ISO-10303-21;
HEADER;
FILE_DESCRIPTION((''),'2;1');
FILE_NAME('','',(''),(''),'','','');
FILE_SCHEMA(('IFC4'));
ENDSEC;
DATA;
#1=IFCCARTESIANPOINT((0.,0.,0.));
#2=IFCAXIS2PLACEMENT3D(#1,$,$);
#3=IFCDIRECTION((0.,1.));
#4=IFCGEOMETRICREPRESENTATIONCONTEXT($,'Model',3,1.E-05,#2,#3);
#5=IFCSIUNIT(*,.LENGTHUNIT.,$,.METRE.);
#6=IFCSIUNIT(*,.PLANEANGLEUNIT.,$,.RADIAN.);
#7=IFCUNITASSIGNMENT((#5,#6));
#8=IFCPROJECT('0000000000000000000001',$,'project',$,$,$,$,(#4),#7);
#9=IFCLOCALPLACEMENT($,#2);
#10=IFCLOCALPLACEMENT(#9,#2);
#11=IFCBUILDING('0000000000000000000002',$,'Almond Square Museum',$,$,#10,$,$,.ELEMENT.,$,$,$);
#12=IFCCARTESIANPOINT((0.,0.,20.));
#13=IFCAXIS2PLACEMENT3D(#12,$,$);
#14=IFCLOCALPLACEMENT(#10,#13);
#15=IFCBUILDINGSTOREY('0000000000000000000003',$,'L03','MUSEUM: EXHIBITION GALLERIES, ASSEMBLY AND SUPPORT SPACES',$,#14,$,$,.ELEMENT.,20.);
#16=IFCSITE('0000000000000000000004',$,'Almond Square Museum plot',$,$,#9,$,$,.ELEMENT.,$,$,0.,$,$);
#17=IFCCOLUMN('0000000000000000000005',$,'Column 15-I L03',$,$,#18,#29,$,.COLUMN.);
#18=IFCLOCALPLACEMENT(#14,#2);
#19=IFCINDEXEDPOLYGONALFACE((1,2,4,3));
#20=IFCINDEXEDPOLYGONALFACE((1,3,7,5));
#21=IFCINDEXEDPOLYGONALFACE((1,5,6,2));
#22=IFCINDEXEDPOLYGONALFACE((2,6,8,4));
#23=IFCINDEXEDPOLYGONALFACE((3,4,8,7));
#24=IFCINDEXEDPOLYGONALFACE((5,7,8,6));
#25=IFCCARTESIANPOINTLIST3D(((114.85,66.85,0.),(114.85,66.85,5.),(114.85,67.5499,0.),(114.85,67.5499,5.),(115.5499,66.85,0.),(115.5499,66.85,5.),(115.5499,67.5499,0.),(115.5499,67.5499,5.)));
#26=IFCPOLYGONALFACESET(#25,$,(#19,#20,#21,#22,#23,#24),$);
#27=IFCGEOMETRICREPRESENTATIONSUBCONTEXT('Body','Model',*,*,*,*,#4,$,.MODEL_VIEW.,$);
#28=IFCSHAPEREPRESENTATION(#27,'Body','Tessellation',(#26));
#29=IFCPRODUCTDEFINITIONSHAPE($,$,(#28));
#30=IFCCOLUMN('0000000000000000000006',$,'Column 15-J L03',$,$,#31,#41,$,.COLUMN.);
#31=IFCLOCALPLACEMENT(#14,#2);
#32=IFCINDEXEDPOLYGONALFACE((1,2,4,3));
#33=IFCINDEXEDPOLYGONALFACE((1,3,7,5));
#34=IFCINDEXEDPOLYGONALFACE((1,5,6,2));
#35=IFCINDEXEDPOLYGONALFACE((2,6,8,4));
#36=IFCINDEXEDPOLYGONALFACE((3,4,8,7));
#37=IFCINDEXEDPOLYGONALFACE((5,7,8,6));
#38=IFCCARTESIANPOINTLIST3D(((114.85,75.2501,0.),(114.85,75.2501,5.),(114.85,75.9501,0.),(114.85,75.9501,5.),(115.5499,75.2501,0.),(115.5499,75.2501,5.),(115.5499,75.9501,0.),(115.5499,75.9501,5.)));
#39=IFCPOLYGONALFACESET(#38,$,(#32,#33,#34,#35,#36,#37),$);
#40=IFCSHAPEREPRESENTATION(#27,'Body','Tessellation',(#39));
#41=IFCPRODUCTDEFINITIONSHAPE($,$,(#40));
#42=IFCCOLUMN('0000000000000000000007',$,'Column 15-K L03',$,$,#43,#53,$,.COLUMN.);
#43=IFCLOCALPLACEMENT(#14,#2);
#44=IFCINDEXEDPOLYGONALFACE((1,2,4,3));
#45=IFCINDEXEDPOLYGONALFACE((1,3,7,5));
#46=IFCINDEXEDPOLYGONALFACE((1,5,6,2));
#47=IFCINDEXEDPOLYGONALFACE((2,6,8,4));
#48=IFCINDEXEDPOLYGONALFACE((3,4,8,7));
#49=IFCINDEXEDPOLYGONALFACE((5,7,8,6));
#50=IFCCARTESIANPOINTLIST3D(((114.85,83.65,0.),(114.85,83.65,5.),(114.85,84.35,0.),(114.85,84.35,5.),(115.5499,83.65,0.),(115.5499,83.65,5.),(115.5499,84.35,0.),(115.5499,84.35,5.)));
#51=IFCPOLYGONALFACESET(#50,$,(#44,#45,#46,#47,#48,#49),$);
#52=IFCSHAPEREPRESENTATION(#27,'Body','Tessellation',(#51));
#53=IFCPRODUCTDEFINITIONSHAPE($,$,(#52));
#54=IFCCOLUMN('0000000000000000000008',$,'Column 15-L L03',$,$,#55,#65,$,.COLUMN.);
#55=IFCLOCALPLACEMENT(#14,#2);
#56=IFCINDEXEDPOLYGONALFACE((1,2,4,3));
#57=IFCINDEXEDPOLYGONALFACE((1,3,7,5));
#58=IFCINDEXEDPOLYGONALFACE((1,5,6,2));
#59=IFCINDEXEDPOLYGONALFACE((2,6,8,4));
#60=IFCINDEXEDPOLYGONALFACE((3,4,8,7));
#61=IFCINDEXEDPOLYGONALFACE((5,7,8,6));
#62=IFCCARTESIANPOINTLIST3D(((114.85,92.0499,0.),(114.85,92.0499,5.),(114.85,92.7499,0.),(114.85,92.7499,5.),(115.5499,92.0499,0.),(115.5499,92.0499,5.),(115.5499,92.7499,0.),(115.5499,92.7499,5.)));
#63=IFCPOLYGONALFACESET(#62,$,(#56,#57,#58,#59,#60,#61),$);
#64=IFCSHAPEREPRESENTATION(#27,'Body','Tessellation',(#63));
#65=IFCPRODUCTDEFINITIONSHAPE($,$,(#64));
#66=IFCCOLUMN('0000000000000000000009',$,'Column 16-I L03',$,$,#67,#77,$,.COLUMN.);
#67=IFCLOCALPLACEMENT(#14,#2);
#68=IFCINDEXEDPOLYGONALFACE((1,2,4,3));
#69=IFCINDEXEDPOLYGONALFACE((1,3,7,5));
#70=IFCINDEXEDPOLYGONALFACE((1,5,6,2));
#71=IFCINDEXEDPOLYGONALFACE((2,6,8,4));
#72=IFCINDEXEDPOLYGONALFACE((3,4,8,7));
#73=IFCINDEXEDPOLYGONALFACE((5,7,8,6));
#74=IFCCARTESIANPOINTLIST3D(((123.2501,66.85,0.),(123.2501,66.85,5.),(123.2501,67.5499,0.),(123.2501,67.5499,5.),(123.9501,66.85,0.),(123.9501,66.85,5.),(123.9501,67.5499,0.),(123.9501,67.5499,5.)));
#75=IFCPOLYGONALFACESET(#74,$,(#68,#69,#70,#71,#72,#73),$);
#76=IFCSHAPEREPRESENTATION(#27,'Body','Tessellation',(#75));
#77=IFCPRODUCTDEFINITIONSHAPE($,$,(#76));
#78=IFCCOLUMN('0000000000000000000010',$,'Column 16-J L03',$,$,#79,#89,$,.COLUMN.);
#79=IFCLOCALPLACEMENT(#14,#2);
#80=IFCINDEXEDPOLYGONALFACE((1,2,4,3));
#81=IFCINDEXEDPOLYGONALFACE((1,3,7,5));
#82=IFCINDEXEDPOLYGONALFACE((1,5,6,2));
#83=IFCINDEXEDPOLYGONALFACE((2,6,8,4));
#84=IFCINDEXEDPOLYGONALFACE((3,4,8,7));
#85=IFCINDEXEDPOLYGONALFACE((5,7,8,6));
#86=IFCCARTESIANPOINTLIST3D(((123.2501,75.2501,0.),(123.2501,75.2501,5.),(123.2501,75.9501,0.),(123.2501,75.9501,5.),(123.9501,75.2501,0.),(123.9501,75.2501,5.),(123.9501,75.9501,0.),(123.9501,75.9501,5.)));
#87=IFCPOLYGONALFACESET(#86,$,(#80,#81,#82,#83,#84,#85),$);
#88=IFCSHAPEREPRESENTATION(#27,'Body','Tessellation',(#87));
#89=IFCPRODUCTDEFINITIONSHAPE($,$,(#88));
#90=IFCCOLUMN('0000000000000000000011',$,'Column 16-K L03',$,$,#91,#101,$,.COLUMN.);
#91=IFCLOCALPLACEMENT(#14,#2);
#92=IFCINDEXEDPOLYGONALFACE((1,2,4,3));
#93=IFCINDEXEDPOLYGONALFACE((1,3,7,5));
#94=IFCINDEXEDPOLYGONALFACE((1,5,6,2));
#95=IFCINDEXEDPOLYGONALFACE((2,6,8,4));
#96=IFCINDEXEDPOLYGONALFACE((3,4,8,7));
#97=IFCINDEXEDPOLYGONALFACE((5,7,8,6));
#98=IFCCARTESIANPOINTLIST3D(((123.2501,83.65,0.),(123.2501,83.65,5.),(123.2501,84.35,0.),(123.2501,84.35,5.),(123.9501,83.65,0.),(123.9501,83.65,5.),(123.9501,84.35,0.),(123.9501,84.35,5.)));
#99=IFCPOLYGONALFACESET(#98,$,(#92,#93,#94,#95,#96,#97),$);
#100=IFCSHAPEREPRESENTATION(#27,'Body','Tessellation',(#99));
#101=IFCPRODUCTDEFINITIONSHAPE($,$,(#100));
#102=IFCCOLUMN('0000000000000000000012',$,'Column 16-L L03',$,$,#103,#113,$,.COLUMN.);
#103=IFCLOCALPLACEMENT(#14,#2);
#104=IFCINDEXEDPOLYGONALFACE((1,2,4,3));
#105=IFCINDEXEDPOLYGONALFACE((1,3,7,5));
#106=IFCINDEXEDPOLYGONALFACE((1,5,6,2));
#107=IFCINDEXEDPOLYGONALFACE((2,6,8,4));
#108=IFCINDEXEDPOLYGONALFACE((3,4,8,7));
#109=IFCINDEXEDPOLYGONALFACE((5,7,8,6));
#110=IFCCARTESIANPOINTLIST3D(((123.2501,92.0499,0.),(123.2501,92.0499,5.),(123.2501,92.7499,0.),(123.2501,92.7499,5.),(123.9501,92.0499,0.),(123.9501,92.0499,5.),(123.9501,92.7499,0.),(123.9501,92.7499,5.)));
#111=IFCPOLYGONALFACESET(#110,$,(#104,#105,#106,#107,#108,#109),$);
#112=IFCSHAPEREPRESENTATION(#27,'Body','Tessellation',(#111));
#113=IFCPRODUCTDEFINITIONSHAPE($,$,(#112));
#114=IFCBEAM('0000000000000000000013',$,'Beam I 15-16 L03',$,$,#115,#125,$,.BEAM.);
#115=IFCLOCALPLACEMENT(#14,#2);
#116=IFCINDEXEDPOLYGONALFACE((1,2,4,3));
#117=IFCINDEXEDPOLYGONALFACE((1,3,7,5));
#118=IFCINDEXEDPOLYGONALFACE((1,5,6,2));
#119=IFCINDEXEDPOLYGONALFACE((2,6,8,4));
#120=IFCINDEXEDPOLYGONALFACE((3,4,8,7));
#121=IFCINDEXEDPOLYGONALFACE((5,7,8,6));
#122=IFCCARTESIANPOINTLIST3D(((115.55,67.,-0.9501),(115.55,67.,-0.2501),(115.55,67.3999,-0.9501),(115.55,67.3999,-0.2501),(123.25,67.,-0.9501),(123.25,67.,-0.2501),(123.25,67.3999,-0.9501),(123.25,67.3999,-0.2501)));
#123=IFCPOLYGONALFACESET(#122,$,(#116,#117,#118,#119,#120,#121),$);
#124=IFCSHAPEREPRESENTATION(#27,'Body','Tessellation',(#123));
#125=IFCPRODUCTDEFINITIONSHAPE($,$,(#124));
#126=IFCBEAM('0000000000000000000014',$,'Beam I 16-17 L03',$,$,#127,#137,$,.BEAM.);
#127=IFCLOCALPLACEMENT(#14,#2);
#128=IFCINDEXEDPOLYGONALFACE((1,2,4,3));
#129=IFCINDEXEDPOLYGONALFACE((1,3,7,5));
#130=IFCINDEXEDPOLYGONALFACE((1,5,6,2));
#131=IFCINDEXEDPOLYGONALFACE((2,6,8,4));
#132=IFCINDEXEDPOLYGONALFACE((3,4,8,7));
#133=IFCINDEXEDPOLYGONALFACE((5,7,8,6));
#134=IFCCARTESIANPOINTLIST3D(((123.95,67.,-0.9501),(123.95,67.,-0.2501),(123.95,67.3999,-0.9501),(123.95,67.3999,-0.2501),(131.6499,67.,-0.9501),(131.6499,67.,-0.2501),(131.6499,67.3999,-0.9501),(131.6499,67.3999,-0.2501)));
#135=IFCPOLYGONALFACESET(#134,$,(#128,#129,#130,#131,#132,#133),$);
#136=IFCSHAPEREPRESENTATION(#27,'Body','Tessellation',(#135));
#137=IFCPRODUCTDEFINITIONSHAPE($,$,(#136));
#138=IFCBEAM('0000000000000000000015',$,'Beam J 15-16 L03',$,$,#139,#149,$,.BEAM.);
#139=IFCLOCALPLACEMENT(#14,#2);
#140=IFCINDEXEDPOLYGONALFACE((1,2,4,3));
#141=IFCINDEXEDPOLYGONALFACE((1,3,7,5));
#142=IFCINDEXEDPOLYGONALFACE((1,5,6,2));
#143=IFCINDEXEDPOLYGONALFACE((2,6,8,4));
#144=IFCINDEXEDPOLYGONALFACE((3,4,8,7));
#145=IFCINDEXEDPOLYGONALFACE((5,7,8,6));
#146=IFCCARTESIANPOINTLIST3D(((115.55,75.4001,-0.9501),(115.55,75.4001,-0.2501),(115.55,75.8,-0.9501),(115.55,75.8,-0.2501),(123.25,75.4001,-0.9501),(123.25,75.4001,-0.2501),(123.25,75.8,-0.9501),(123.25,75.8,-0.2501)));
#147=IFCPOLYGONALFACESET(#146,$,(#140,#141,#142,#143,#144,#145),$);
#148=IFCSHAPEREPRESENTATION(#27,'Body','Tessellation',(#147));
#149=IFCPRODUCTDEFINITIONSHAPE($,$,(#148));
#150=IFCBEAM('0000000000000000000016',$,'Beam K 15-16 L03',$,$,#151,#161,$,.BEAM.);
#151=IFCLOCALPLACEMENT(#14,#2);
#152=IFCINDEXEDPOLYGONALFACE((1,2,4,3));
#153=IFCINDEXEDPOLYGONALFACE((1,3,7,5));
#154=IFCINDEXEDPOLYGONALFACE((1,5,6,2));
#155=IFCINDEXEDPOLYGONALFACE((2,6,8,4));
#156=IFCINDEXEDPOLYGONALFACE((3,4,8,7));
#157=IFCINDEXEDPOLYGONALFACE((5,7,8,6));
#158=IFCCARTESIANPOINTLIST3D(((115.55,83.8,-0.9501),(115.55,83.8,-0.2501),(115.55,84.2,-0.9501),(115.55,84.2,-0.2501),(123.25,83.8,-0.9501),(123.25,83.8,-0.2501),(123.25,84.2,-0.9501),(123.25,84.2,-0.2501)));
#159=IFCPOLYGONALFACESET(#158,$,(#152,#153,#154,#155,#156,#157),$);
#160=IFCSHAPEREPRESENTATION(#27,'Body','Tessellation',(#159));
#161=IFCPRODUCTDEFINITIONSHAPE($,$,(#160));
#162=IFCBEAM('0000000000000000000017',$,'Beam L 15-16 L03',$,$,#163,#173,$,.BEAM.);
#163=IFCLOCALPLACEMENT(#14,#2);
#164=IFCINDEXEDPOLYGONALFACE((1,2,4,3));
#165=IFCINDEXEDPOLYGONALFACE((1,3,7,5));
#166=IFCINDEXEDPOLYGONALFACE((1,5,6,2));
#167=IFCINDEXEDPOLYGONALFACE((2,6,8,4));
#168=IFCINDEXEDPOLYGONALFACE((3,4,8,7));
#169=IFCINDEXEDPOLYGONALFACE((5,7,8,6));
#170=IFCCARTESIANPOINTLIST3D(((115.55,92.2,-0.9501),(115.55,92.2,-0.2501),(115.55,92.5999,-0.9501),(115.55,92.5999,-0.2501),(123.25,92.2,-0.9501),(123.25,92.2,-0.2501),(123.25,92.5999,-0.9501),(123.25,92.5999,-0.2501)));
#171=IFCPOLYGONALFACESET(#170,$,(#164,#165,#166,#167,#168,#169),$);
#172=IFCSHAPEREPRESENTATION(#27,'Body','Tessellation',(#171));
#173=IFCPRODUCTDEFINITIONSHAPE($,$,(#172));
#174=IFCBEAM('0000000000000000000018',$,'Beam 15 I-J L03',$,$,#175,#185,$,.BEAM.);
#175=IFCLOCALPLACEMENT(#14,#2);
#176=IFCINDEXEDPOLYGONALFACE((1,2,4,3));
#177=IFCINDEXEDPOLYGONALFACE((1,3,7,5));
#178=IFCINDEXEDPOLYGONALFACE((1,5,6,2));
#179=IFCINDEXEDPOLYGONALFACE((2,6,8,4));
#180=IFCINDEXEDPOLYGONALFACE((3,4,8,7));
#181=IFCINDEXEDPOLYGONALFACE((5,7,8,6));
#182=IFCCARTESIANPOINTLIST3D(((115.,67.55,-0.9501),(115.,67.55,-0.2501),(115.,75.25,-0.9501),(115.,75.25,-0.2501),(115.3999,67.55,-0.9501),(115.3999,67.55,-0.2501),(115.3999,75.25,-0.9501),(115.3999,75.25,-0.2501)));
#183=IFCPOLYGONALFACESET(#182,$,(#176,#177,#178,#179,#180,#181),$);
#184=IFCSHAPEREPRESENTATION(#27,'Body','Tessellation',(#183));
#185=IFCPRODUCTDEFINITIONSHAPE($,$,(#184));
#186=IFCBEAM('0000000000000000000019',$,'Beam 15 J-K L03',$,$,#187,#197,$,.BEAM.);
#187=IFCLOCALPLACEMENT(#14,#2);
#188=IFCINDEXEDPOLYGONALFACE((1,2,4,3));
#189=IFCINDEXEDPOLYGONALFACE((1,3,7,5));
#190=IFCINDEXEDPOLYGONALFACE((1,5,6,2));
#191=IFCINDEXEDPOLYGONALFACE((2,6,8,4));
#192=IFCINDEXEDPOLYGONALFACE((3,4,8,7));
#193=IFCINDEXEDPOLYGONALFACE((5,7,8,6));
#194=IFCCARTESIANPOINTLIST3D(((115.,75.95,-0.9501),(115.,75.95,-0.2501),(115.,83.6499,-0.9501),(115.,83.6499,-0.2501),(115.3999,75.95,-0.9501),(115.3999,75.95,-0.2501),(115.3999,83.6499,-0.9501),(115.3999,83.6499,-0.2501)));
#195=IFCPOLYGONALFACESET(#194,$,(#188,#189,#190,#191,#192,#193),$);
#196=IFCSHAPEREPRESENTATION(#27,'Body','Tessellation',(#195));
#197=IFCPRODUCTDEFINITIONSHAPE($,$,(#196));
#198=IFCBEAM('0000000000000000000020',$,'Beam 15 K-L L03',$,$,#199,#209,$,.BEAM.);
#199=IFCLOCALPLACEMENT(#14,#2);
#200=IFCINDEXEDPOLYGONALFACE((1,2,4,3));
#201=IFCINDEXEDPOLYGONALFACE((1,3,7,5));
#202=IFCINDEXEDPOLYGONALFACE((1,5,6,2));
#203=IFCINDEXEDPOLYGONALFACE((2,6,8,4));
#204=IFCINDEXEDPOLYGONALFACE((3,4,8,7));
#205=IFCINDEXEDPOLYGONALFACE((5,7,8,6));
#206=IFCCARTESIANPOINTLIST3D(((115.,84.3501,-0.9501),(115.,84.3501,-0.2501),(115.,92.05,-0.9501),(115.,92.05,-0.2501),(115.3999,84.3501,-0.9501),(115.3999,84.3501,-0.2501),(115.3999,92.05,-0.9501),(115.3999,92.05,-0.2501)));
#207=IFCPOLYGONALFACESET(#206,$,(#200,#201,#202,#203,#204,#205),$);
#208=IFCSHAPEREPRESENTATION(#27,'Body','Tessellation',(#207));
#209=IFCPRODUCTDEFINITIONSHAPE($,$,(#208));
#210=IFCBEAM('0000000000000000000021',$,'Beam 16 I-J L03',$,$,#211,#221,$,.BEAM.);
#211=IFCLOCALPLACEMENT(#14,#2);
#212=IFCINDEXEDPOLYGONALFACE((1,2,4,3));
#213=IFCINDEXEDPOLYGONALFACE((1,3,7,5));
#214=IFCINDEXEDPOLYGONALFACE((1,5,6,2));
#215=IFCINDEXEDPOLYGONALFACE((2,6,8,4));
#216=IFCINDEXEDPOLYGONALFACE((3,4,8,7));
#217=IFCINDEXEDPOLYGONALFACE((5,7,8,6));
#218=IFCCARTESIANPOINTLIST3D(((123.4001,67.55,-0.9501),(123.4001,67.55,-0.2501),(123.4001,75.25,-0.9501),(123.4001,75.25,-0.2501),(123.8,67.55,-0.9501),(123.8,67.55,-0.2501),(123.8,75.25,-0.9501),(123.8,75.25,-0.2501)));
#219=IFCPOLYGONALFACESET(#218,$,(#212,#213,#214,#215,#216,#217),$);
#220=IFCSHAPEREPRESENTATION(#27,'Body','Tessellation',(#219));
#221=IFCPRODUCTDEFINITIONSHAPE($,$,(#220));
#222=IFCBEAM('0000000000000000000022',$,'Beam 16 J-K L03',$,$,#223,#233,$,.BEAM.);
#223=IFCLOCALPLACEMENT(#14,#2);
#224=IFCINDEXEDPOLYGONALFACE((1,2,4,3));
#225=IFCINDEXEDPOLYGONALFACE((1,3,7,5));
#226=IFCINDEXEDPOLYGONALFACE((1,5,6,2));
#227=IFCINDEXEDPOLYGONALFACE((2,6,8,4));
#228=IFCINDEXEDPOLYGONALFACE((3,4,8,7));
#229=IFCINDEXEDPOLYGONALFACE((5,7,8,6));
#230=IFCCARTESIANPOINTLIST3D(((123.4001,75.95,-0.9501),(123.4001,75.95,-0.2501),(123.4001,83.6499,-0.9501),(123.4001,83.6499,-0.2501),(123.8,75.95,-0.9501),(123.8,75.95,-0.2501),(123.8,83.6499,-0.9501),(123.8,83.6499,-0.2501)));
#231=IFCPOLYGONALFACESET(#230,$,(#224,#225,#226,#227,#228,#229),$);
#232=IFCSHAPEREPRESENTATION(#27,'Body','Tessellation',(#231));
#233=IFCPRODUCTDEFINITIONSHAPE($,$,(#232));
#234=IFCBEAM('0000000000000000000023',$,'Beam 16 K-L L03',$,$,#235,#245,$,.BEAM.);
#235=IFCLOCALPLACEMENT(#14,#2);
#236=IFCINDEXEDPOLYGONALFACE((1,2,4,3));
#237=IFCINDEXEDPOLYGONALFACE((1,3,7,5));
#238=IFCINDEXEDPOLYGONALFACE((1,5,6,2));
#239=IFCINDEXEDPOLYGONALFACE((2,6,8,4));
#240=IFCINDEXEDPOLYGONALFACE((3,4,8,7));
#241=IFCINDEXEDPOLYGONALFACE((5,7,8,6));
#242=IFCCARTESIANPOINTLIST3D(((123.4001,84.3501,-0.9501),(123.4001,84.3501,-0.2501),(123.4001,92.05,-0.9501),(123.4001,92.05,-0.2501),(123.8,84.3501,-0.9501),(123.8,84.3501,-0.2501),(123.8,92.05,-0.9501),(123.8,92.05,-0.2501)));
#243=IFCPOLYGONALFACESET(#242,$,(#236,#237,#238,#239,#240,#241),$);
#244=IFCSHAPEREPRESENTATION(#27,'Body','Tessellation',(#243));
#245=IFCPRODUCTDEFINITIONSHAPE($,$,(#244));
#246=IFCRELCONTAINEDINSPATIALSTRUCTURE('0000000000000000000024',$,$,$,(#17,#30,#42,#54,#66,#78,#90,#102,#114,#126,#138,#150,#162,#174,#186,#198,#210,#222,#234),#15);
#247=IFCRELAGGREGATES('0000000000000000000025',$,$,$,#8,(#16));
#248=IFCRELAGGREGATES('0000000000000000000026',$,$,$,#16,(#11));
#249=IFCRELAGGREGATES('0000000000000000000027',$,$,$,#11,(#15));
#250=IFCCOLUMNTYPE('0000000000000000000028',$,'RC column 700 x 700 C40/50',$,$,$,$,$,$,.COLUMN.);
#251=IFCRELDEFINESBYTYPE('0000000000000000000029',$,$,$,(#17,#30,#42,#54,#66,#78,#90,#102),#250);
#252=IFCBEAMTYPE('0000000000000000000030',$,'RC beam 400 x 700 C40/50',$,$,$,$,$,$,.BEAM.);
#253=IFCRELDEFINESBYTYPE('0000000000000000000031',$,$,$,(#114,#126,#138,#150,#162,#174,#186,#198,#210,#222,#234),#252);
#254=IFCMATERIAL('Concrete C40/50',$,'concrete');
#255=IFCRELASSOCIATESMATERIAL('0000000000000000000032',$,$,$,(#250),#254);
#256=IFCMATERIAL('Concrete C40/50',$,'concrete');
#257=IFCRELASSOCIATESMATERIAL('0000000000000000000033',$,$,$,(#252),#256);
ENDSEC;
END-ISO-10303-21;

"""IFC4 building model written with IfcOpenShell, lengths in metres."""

from ifc_helpers import new_model, si_unit, direction, frame, origin, origin_2d, place, context, subcontext, project, spatial, rectangle, extrude, material, material_profile, profile_set, type_object, element, save


model = new_model("IFC4")

# Units and contexts
model_context = context("Model", 3, precision=1e-05, world=origin(), true_north=direction((0.0, 1.0)))
body_context = subcontext(model_context, "Body", "Model", "MODEL_VIEW")
ifc_project = project(units=[si_unit("LENGTHUNIT", "METRE"), si_unit("PLANEANGLEUNIT", "RADIAN")], contexts=[model_context])

# Site, building, storey
site_placement = place(None, origin())
site = spatial("IfcSite", under=ifc_project, at=site_placement, Name="Almond Square Museum plot", CompositionType="ELEMENT", RefElevation=0.0)
building_placement = place(site_placement, origin())
building = spatial("IfcBuilding", under=site, at=building_placement, Name="Almond Square Museum", CompositionType="ELEMENT")
storey_placement = place(building_placement, frame((0.0, 0.0, 20.0)))
storey = spatial("IfcBuildingStorey", under=building, at=storey_placement, Name="L03", Description="MUSEUM: EXHIBITION GALLERIES, ASSEMBLY AND SUPPORT SPACES", CompositionType="ELEMENT", Elevation=20.0)

# Columns
ifc_material_1 = material(Name="Concrete C40/50", Category="concrete")
ifc_material_profile_1 = material_profile(ifc_material_1, rectangle(XDim=0.7, YDim=0.7, at=origin_2d()))
ifc_profile_set_1 = profile_set([ifc_material_profile_1], Name="Concrete C40/50")
column_type = type_object("IfcColumnType", Name="RC column 700 x 700 C40/50", PredefinedType="COLUMN", material=ifc_profile_set_1)
for number, where, z_axis, x_axis, name in (
    (1, (115.2, 67.2, 0.0), (0.0, 0.0, 1.0), (1.0, 0.0, 0.0), "Column 15-I L03"),
    (2, (115.2, 75.6001, 0.0), (0.0, 0.0, 1.0), (1.0, 0.0, 0.0), "Column 15-J L03"),
    (3, (115.2, 84.0, 0.0), (0.0, 0.0, 1.0), (1.0, 0.0, 0.0), "Column 15-K L03"),
    (4, (115.2, 92.3999, 0.0), (0.0, 0.0, 1.0), (1.0, 0.0, 0.0), "Column 15-L L03"),
    (5, (123.6001, 67.2, 0.0), (0.0, 0.0, 1.0), (1.0, 0.0, 0.0), "Column 16-I L03"),
    (6, (123.6001, 75.6001, 0.0), (0.0, 0.0, 1.0), (1.0, 0.0, 0.0), "Column 16-J L03"),
    (7, (123.6001, 84.0, 0.0), (0.0, 0.0, 1.0), (1.0, 0.0, 0.0), "Column 16-K L03"),
    (8, (123.6001, 92.3999, 0.0), (0.0, 0.0, 1.0), (1.0, 0.0, 0.0), "Column 16-L L03"),
):
    element("IfcColumn", number, at=place(storey_placement, frame(where, z_axis=z_axis, x_axis=x_axis)), inside=storey, type_object=column_type, Name=name, PredefinedType="COLUMN", context=body_context, shape_type="SweptSolid", body=[
        extrude(rectangle(XDim=0.7, YDim=0.7, at=origin_2d()), origin(), (0.0, 0.0, 1.0), 5.0),
    ])

# Beams
ifc_material_2 = material(Name="Concrete C40/50", Category="concrete")
ifc_material_profile_2 = material_profile(ifc_material_2, rectangle(XDim=0.3999, YDim=0.7, at=origin_2d()))
ifc_profile_set_2 = profile_set([ifc_material_profile_2], Name="Concrete C40/50")
beam_type = type_object("IfcBeamType", Name="RC beam 400 x 700 C40/50", PredefinedType="BEAM", material=ifc_profile_set_2)
for number, where, z_axis, x_axis, name in (
    (9, (115.55, 67.2, -0.6001), (1.0, 0.0, 0.0), (0.0, 1.0, 0.0), "Beam I 15-16 L03"),
    (10, (123.95, 67.2, -0.6001), (1.0, 0.0, 0.0), (0.0, 1.0, 0.0), "Beam I 16-17 L03"),
    (11, (115.55, 75.6001, -0.6001), (1.0, 0.0, 0.0), (0.0, 1.0, 0.0), "Beam J 15-16 L03"),
    (12, (115.55, 84.0, -0.6001), (1.0, 0.0, 0.0), (0.0, 1.0, 0.0), "Beam K 15-16 L03"),
    (13, (115.55, 92.3999, -0.6001), (1.0, 0.0, 0.0), (0.0, 1.0, 0.0), "Beam L 15-16 L03"),
    (14, (115.2, 67.55, -0.6001), (0.0, 1.0, 0.0), (-1.0, 0.0, 0.0), "Beam 15 I-J L03"),
    (15, (115.2, 75.95, -0.6001), (0.0, 1.0, 0.0), (-1.0, 0.0, 0.0), "Beam 15 J-K L03"),
    (16, (115.2, 84.3501, -0.6001), (0.0, 1.0, 0.0), (-1.0, 0.0, 0.0), "Beam 15 K-L L03"),
    (17, (123.6001, 67.55, -0.6001), (0.0, 1.0, 0.0), (-1.0, 0.0, 0.0), "Beam 16 I-J L03"),
    (18, (123.6001, 75.95, -0.6001), (0.0, 1.0, 0.0), (-1.0, 0.0, 0.0), "Beam 16 J-K L03"),
    (19, (123.6001, 84.3501, -0.6001), (0.0, 1.0, 0.0), (-1.0, 0.0, 0.0), "Beam 16 K-L L03"),
):
    element("IfcBeam", number, at=place(storey_placement, frame(where, z_axis=z_axis, x_axis=x_axis)), inside=storey, type_object=beam_type, Name=name, PredefinedType="BEAM", context=body_context, shape_type="SweptSolid", body=[
        extrude(rectangle(XDim=0.3999, YDim=0.7, at=origin_2d()), origin(), (0.0, 0.0, 1.0), 7.7),
    ])

save(model, "model.ifc")
